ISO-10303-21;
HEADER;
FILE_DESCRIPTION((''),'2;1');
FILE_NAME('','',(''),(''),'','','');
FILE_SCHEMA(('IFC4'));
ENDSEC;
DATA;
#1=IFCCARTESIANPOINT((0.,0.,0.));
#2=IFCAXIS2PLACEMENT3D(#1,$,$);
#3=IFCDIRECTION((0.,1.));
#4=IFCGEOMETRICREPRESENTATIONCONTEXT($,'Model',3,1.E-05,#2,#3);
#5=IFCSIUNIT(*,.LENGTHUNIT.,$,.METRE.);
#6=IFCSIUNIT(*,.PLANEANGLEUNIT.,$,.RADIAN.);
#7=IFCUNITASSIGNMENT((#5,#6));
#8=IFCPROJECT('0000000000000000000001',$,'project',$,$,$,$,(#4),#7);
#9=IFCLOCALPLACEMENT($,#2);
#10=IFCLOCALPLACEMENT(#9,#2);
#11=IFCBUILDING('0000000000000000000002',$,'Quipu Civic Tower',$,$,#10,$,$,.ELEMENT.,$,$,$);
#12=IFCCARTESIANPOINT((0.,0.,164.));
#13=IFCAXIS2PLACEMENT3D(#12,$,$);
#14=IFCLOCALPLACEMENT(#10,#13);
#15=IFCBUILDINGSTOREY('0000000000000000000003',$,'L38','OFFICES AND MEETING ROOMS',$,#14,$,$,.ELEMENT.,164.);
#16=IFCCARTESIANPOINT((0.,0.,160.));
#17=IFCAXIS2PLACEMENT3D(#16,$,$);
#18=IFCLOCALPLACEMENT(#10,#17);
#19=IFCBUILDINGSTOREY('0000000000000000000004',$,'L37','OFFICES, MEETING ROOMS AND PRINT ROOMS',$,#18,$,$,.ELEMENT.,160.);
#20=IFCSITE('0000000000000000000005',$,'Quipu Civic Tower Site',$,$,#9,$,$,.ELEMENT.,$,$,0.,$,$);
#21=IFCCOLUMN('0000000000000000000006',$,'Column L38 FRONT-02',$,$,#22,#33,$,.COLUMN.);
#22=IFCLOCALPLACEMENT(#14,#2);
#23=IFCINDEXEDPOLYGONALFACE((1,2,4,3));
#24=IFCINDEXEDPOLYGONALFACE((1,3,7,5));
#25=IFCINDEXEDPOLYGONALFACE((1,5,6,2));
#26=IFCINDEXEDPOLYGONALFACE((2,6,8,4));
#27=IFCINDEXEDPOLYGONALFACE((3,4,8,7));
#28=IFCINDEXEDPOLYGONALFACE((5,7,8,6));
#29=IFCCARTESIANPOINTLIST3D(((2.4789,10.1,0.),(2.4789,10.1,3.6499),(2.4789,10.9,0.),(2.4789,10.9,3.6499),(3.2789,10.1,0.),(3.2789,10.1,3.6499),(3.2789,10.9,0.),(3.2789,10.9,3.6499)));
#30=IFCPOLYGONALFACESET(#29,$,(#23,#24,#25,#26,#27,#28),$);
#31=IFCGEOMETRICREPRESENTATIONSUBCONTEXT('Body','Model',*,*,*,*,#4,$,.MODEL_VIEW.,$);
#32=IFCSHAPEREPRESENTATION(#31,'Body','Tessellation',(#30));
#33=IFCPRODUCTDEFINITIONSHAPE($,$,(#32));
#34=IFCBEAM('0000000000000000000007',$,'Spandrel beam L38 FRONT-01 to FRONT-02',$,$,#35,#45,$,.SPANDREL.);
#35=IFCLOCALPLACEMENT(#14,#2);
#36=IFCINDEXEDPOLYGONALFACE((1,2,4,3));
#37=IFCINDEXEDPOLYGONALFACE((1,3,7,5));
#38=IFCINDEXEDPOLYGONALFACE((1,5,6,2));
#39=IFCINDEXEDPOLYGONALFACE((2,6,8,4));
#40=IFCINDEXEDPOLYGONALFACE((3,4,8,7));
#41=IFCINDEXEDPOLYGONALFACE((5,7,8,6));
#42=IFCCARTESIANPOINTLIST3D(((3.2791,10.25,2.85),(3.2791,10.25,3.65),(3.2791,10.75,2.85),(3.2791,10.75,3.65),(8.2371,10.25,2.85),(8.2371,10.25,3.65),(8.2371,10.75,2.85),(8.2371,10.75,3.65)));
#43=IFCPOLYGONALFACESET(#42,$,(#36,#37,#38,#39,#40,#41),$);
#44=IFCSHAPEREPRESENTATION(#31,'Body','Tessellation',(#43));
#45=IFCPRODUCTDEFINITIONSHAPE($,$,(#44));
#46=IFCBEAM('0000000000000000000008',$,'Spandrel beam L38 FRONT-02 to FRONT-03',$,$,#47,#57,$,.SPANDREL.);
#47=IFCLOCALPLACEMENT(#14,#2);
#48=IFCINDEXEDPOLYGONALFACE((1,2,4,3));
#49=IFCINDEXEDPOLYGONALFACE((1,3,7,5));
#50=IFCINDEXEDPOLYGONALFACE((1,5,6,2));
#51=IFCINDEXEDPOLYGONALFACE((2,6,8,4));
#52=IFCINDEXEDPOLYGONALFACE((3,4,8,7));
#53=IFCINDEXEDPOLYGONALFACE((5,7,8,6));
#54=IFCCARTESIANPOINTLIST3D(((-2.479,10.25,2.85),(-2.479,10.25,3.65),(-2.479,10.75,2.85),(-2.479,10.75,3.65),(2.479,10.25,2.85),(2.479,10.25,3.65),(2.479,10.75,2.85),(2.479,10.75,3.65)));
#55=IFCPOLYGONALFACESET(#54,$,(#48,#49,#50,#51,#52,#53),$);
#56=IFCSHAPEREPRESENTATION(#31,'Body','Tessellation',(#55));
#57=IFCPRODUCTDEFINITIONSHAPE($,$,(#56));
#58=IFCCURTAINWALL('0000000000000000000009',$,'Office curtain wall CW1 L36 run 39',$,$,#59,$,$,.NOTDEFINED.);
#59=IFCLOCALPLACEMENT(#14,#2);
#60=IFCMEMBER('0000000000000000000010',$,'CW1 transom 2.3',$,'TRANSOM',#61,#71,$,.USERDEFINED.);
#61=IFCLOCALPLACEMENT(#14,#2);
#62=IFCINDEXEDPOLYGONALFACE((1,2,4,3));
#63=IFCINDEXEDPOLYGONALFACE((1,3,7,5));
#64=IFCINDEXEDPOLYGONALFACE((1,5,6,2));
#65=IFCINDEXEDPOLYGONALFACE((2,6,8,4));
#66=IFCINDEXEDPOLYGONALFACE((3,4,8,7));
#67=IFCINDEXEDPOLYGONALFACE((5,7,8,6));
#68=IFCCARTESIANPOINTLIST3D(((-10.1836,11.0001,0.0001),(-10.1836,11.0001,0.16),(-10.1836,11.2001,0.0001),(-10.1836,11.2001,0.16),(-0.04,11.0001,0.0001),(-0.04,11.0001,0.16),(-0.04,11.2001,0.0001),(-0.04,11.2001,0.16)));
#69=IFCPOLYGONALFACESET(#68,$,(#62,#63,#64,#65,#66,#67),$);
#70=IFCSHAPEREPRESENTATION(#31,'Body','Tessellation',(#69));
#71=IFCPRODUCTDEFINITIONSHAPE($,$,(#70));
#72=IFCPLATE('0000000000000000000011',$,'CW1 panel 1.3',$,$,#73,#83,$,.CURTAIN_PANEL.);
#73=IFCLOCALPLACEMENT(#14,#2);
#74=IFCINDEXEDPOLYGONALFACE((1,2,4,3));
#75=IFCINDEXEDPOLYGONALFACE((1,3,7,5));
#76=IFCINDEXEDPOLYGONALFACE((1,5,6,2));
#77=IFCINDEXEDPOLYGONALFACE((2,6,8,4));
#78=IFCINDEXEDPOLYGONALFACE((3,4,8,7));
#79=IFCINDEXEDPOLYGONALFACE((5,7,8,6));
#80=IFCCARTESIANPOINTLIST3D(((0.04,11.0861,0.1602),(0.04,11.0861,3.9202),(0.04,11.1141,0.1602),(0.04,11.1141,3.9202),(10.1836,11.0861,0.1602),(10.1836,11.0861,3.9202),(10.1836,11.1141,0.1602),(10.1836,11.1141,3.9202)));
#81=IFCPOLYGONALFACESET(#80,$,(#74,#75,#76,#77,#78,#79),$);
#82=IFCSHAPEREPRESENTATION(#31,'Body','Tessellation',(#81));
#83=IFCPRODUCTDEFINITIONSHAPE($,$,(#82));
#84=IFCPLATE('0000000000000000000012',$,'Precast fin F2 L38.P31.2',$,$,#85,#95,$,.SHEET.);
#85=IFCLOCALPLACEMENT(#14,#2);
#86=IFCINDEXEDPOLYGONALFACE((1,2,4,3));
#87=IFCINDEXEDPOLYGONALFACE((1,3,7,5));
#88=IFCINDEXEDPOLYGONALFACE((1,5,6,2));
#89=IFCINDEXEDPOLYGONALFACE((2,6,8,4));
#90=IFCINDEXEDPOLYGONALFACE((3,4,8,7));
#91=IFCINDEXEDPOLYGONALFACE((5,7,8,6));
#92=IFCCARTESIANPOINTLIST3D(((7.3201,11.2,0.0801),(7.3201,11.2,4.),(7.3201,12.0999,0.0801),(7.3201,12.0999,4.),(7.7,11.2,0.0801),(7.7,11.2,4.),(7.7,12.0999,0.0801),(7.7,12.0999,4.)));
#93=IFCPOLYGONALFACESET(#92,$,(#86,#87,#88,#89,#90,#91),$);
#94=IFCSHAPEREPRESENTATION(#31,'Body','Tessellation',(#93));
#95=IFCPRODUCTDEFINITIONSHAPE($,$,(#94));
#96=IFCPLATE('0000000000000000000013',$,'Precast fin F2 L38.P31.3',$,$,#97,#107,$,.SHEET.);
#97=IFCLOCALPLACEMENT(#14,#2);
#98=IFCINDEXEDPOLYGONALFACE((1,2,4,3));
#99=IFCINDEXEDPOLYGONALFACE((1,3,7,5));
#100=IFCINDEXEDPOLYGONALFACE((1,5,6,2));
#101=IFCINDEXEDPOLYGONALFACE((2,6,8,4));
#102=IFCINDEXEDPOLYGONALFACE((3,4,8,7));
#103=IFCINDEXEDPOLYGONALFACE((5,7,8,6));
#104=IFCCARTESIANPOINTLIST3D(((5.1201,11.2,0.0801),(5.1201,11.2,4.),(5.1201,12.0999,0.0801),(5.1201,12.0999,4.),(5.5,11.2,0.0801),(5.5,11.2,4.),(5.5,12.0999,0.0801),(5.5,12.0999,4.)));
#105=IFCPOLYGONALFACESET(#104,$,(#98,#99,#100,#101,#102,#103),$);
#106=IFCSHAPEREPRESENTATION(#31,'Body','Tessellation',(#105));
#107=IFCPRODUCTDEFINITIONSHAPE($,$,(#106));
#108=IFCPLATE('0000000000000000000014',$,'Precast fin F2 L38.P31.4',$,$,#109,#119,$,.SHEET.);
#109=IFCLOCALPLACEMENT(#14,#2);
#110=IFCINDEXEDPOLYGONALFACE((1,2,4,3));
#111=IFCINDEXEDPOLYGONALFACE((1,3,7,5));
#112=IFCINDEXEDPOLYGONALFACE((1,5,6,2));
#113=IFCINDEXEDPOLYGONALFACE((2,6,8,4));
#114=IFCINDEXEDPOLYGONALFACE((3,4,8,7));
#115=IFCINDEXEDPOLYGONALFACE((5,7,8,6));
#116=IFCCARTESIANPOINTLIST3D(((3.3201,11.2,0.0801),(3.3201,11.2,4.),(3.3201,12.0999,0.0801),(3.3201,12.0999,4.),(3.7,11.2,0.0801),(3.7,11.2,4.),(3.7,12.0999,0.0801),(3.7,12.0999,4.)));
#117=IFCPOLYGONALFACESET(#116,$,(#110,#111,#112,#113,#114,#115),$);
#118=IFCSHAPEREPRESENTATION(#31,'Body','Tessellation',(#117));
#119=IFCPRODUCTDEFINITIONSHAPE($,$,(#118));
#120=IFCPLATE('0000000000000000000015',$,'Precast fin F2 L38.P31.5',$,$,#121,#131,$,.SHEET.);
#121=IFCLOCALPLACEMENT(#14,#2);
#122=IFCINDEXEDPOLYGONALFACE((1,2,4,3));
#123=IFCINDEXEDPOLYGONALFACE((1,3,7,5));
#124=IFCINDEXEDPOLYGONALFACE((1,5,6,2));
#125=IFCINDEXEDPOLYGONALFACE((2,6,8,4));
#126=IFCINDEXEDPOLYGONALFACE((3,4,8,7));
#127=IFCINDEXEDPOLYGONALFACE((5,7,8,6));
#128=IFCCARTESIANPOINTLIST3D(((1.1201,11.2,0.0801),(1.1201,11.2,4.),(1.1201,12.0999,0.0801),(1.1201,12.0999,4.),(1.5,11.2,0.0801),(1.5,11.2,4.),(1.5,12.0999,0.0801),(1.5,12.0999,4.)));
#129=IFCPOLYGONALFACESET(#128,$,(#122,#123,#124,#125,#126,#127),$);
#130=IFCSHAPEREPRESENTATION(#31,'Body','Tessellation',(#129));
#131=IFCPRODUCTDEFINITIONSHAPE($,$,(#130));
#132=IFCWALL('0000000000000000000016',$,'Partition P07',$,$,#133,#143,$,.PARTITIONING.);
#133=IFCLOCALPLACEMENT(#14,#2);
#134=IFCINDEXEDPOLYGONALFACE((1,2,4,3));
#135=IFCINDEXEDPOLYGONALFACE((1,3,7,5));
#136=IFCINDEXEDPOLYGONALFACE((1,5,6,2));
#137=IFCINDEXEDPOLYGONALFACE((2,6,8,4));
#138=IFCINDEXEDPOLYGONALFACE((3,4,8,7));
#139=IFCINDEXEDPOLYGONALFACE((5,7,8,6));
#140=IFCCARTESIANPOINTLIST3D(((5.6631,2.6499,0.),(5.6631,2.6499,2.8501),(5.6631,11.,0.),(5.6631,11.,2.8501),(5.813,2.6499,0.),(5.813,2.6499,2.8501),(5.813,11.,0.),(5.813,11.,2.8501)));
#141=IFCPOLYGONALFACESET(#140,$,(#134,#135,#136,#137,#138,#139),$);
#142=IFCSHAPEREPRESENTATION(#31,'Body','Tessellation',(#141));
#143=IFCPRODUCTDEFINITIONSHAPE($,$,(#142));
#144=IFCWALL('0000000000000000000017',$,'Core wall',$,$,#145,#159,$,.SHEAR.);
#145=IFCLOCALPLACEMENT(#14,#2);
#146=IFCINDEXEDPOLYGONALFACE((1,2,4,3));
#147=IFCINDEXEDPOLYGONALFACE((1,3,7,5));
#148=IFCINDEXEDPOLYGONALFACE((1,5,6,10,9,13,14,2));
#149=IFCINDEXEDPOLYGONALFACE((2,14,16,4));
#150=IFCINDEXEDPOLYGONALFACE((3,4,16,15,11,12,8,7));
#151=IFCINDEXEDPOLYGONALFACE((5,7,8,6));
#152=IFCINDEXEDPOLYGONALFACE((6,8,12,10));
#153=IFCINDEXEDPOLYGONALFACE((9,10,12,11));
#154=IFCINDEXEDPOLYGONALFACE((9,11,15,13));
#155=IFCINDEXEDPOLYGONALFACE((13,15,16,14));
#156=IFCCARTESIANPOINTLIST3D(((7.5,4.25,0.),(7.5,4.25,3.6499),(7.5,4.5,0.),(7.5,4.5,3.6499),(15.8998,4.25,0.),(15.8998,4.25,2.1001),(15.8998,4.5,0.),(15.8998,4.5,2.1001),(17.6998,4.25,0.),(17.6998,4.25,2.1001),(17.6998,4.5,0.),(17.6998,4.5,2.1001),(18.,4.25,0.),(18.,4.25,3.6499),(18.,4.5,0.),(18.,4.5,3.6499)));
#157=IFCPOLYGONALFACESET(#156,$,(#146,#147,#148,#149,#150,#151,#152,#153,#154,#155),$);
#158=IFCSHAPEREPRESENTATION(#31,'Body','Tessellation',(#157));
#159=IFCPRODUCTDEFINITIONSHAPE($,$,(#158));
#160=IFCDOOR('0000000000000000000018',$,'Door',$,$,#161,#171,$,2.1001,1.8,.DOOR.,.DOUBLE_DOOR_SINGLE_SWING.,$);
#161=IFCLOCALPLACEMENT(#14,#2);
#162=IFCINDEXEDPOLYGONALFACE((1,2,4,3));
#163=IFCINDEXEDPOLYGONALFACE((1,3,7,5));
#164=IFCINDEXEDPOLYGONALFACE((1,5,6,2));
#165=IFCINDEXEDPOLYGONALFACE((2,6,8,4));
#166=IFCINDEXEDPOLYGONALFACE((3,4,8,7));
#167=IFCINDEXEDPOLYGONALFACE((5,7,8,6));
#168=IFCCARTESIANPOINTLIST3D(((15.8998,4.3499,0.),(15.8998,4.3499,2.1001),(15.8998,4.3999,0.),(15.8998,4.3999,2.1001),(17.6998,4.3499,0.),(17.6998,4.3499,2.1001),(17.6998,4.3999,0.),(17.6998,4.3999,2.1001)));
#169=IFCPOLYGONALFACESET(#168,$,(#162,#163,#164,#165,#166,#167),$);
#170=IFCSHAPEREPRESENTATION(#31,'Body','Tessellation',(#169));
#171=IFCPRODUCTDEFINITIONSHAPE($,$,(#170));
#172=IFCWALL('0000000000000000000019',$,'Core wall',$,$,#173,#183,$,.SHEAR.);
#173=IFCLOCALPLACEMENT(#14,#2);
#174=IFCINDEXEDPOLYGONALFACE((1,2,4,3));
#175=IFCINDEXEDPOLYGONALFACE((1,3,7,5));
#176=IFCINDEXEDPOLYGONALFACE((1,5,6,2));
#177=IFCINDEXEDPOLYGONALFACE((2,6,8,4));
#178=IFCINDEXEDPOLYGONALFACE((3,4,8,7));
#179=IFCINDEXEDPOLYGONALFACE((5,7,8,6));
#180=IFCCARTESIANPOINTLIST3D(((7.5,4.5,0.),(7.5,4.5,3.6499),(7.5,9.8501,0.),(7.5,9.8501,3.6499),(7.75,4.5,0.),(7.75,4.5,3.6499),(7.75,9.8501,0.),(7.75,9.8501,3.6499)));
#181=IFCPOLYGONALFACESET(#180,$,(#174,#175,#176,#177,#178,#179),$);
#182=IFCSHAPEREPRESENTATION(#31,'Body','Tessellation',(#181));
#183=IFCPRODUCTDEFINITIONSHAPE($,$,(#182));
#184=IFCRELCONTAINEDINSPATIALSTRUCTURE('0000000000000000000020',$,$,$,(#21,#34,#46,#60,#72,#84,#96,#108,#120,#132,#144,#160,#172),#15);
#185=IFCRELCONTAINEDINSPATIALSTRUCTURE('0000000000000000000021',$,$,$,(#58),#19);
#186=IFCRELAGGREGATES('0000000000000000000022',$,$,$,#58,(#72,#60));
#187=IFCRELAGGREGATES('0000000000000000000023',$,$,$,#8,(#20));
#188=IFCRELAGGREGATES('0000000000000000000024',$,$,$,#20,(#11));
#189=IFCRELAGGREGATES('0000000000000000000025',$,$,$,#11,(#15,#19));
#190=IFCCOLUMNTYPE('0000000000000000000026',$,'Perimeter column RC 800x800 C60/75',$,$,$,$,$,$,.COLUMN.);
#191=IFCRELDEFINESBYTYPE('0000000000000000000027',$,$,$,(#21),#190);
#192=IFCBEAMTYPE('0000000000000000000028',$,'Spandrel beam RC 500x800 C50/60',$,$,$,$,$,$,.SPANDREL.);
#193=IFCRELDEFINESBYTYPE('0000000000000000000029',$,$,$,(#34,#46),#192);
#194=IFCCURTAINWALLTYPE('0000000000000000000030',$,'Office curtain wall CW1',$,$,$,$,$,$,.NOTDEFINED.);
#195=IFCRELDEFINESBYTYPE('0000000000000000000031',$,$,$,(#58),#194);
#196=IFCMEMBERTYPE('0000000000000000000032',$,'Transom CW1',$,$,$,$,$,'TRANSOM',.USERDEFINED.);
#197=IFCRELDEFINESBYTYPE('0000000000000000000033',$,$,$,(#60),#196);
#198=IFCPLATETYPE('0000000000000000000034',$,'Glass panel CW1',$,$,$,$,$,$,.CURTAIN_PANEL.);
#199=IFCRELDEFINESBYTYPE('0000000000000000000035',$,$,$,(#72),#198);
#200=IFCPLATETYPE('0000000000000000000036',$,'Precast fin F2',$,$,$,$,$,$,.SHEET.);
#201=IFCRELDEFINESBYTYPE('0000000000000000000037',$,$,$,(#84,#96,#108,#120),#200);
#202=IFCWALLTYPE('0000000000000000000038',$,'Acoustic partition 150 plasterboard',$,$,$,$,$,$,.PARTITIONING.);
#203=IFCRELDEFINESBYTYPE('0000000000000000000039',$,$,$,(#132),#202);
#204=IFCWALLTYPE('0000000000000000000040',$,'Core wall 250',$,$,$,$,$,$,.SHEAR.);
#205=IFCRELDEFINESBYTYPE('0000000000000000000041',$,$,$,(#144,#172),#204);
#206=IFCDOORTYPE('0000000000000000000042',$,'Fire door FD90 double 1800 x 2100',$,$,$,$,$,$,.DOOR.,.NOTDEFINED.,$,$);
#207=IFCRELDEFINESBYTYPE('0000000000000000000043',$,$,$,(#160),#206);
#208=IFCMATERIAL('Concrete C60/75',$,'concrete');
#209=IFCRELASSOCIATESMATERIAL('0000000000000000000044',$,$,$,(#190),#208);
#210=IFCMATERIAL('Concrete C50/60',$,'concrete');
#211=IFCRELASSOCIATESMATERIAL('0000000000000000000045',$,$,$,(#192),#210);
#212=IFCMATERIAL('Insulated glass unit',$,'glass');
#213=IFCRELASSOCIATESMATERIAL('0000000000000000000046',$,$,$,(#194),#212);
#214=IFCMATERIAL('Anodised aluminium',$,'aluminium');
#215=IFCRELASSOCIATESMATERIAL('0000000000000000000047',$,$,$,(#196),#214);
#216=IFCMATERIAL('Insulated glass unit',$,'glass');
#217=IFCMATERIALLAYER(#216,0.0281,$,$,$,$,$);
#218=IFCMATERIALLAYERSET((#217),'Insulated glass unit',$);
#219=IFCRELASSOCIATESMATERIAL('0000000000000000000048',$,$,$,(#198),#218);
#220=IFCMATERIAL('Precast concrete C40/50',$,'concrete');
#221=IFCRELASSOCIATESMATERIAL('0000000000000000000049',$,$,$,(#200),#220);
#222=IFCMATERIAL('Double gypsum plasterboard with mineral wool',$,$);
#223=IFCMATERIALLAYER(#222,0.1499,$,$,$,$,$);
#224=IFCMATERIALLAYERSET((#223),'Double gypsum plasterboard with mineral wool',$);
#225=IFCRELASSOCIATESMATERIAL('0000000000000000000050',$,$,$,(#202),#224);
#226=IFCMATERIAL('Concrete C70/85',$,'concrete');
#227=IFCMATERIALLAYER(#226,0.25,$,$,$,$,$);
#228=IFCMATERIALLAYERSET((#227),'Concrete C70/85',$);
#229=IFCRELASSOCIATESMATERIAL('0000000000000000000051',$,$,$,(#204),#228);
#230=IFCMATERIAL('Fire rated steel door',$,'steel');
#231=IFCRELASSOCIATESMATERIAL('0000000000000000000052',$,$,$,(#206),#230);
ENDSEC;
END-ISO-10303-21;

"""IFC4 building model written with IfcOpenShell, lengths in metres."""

from ifc_helpers import new_model, si_unit, direction, frame, frame_2d, origin, origin_2d, place, context, subcontext, project, spatial, rectangle, extrude, material, layer, layer_set, material_profile, profile_set, type_object, element, fill, aggregate, save


model = new_model("IFC4")

# Units and contexts
model_context = context("Model", 3, precision=1e-05, world=origin(), true_north=direction((0.0, 1.0)))
body_context = subcontext(model_context, "Body", "Model", "MODEL_VIEW")
ifc_project = project(units=[si_unit("LENGTHUNIT", "METRE"), si_unit("PLANEANGLEUNIT", "RADIAN")], contexts=[model_context])

# Site, building, storey
site_placement = place(None, origin())
site = spatial("IfcSite", under=ifc_project, at=site_placement, Name="Quipu Civic Tower Site", CompositionType="ELEMENT", RefElevation=0.0)
building_placement = place(site_placement, origin())
building = spatial("IfcBuilding", under=site, at=building_placement, Name="Quipu Civic Tower", CompositionType="ELEMENT")
storey_1_placement = place(building_placement, frame((0.0, 0.0, 164.0)))
storey_1 = spatial("IfcBuildingStorey", under=building, at=storey_1_placement, Name="L38", Description="OFFICES AND MEETING ROOMS", CompositionType="ELEMENT", Elevation=164.0)

# Column
ifc_material_1 = material(Name="Concrete C60/75", Category="concrete")
ifc_material_profile_1 = material_profile(ifc_material_1, rectangle(XDim=0.8, YDim=0.8, at=origin_2d()), Name="RC800x800")
ifc_profile_set_1 = profile_set([ifc_material_profile_1], Name="Concrete C60/75")
column_type = type_object("IfcColumnType", Name="Perimeter column RC 800x800 C60/75", PredefinedType="COLUMN", material=ifc_profile_set_1)
column_placement = place(storey_1_placement, frame((2.8789, 10.5, 0.0), z_axis=(0.0, 0.0, 1.0), x_axis=(-1.0, 0.0, 0.0)))
element("IfcColumn", 1, at=column_placement, inside=storey_1, type_object=column_type, Name="Column L38 FRONT-02", PredefinedType="COLUMN", context=body_context, shape_type="SweptSolid", body=[
    extrude(rectangle(XDim=0.8, YDim=0.8, at=origin_2d()), origin(), (0.0, 0.0, 1.0), 3.6499),
])

# Beams
ifc_material_2 = material(Name="Concrete C50/60", Category="concrete")
ifc_material_profile_2 = material_profile(ifc_material_2, rectangle(XDim=0.5, YDim=0.8, at=origin_2d()), Name="RC500x800")
ifc_profile_set_2 = profile_set([ifc_material_profile_2], Name="Concrete C50/60")
beam_type = type_object("IfcBeamType", Name="Spandrel beam RC 500x800 C50/60", PredefinedType="SPANDREL", material=ifc_profile_set_2)
for number, where, z_axis, x_axis, name in (
    (2, (8.2371, 10.5, 3.25), (-1.0, 0.0, 0.0), (0.0, -1.0, 0.0), "Spandrel beam L38 FRONT-01 to FRONT-02"),
    (3, (2.479, 10.5, 3.25), (-1.0, 0.0, 0.0), (0.0, -1.0, 0.0), "Spandrel beam L38 FRONT-02 to FRONT-03"),
):
    element("IfcBeam", number, at=place(storey_1_placement, frame(where, z_axis=z_axis, x_axis=x_axis)), inside=storey_1, type_object=beam_type, Name=name, PredefinedType="SPANDREL", context=body_context, shape_type="SweptSolid", body=[
        extrude(rectangle(XDim=0.5, YDim=0.8, at=origin_2d()), origin(), (0.0, 0.0, 1.0), 4.958),
    ])

# Shared definitions
storey_2_placement = place(building_placement, frame((0.0, 0.0, 160.0)))
storey_2 = spatial("IfcBuildingStorey", under=building, at=storey_2_placement, Name="L37", Description="OFFICES, MEETING ROOMS AND PRINT ROOMS", CompositionType="ELEMENT", Elevation=160.0)

# Curtain wall, member, plate
ifc_material_3 = material(Name="Insulated glass unit", Category="glass")
curtain_wall_type = type_object("IfcCurtainWallType", Name="Office curtain wall CW1", PredefinedType="NOTDEFINED", material=ifc_material_3)
curtain_wall_placement = place(storey_2_placement, origin())
curtain_wall = element("IfcCurtainWall", 4, at=curtain_wall_placement, inside=storey_2, type_object=curtain_wall_type, Name="Office curtain wall CW1 L36 run 39", PredefinedType="NOTDEFINED")
ifc_material_4 = material(Name="Anodised aluminium", Category="aluminium")
ifc_material_profile_3 = material_profile(ifc_material_4, rectangle(XDim=0.2, YDim=0.1599, at=origin_2d()), Name="RECT 200x160")
ifc_profile_set_3 = profile_set([ifc_material_profile_3], Name="Anodised aluminium")
member_type = type_object("IfcMemberType", Name="Transom CW1", ElementType="TRANSOM", PredefinedType="USERDEFINED", material=ifc_profile_set_3)
member_placement = place(storey_1_placement, frame((-0.04, 11.1001, 0.0801), z_axis=(-1.0, 0.0, 0.0), x_axis=(0.0, -1.0, 0.0)))
member = element("IfcMember", 5, at=member_placement, inside=storey_1, type_object=member_type, Name="CW1 transom 2.3", ObjectType="TRANSOM", PredefinedType="USERDEFINED", context=body_context, shape_type="SweptSolid", body=[
    extrude(rectangle(XDim=0.2, YDim=0.1599, at=origin_2d()), origin(), (0.0, 0.0, 1.0), 10.1436),
])
ifc_material_5 = material(Name="Insulated glass unit", Category="glass")
ifc_layer_1 = layer(ifc_material_5, 0.0281)
ifc_layer_set_1 = layer_set([ifc_layer_1], Name="Insulated glass unit")
plate_type_1 = type_object("IfcPlateType", Name="Glass panel CW1", PredefinedType="CURTAIN_PANEL", material=ifc_layer_set_1)
plate_placement = place(storey_1_placement, frame((5.1118, 11.1001, 0.1602), z_axis=(0.0, 0.0, 1.0), x_axis=(-1.0, 0.0, 0.0)))
plate = element("IfcPlate", 6, at=plate_placement, inside=storey_1, type_object=plate_type_1, Name="CW1 panel 1.3", PredefinedType="CURTAIN_PANEL", context=body_context, shape_type="SweptSolid", body=[
    extrude(rectangle(XDim=10.1436, YDim=0.0281, at=origin_2d()), origin(), (0.0, 0.0, 1.0), 3.76),
])
aggregate(curtain_wall, [plate, member])

# Plates
ifc_material_6 = material(Name="Precast concrete C40/50", Category="concrete")
plate_type_2 = type_object("IfcPlateType", Name="Precast fin F2", PredefinedType="SHEET", material=ifc_material_6)
for number, where, z_axis, x_axis, name in (
    (7, (7.51, 11.6499, 0.0801), (0.0, 0.0, 1.0), (-1.0, 0.0, 0.0), "Precast fin F2 L38.P31.2"),
    (8, (5.3101, 11.6499, 0.0801), (0.0, 0.0, 1.0), (-1.0, 0.0, 0.0), "Precast fin F2 L38.P31.3"),
    (9, (3.51, 11.6499, 0.0801), (0.0, 0.0, 1.0), (-1.0, 0.0, 0.0), "Precast fin F2 L38.P31.4"),
    (10, (1.3101, 11.6499, 0.0801), (0.0, 0.0, 1.0), (-1.0, 0.0, 0.0), "Precast fin F2 L38.P31.5"),
):
    element("IfcPlate", number, at=place(storey_1_placement, frame(where, z_axis=z_axis, x_axis=x_axis)), inside=storey_1, type_object=plate_type_2, Name=name, PredefinedType="SHEET", context=body_context, shape_type="SweptSolid", body=[
        extrude(rectangle(XDim=0.3799, YDim=0.8999, at=origin_2d()), origin(), (0.0, 0.0, 1.0), 3.9199),
    ])

# Wall
ifc_material_7 = material(Name="Double gypsum plasterboard with mineral wool")
ifc_layer_2 = layer(ifc_material_7, 0.1499)
ifc_layer_set_2 = layer_set([ifc_layer_2], Name="Double gypsum plasterboard with mineral wool")
wall_type_1 = type_object("IfcWallType", Name="Acoustic partition 150 plasterboard", PredefinedType="PARTITIONING", material=ifc_layer_set_2)
wall_1_placement = place(storey_1_placement, frame((5.738, 2.6499, 0.0), z_axis=(0.0, 0.0, 1.0), x_axis=(0.0, 1.0, 0.0)))
element("IfcWall", 11, at=wall_1_placement, inside=storey_1, type_object=wall_type_1, Name="Partition P07", PredefinedType="PARTITIONING", context=body_context, shape_type="SweptSolid", body=[
    extrude(rectangle(XDim=8.3501, YDim=0.1499, at=frame_2d((4.175, 0.0))), origin(), (0.0, 0.0, 1.0), 2.8501),
])

# Wall, opening, door
ifc_material_8 = material(Name="Concrete C70/85", Category="concrete")
ifc_layer_3 = layer(ifc_material_8, 0.25)
ifc_layer_set_3 = layer_set([ifc_layer_3], Name="Concrete C70/85")
wall_type_2 = type_object("IfcWallType", Name="Core wall 250", PredefinedType="SHEAR", material=ifc_layer_set_3)
wall_2_placement = place(storey_1_placement, frame((7.5, 4.375, 0.0), z_axis=(0.0, 0.0, 1.0), x_axis=(1.0, 0.0, 0.0)))
wall_2 = element("IfcWall", 12, at=wall_2_placement, inside=storey_1, type_object=wall_type_2, Name="Core wall", PredefinedType="SHEAR", context=body_context, shape_type="SweptSolid", body=[
    extrude(rectangle(XDim=10.5, YDim=0.25, at=frame_2d((5.25, 0.0))), origin(), (0.0, 0.0, 1.0), 3.6499),
])
opening_1_placement = place(wall_2_placement, frame((8.3999, 0.0, 0.0)))
opening_1 = element("IfcOpeningElement", 13, at=opening_1_placement, cuts=wall_2, PredefinedType="OPENING", context=body_context, shape_type="SweptSolid", body=[
    extrude(rectangle(XDim=1.8, YDim=2.1001, at=frame_2d((0.8999, 1.05))), frame((0.0, 0.135, 0.0), z_axis=(0.0, -1.0, 0.0), x_axis=(1.0, 0.0, 0.0)), (0.0, 0.0, 1.0), 0.27),
])
ifc_material_9 = material(Name="Fire rated steel door", Category="steel")
door_type_1 = type_object("IfcDoorType", Name="Fire door FD90 double 1800 x 2100", OperationType="NOTDEFINED", PredefinedType="DOOR", material=ifc_material_9)
door_1_placement = place(opening_1_placement, origin())
door_1 = element("IfcDoor", 14, at=door_1_placement, inside=storey_1, type_object=door_type_1, Name="Door", OperationType="DOUBLE_DOOR_SINGLE_SWING", OverallHeight=2.1001, OverallWidth=1.8, PredefinedType="DOOR", context=body_context, shape_type="SweptSolid", body=[
    extrude(rectangle(XDim=1.8, YDim=2.1001, at=frame_2d((0.8999, 1.05))), frame((0.0, 0.0249, 0.0), z_axis=(0.0, -1.0, 0.0), x_axis=(1.0, 0.0, 0.0)), (0.0, 0.0, 1.0), 0.05),
])
fill(opening_1, door_1)

# Wall
wall_3_placement = place(storey_1_placement, frame((7.625, 4.5, 0.0), z_axis=(0.0, 0.0, 1.0), x_axis=(0.0, 1.0, 0.0)))
element("IfcWall", 15, at=wall_3_placement, inside=storey_1, type_object=wall_type_2, Name="Core wall", PredefinedType="SHEAR", context=body_context, shape_type="SweptSolid", body=[
    extrude(rectangle(XDim=5.3501, YDim=0.25, at=frame_2d((2.675, 0.0))), origin(), (0.0, 0.0, 1.0), 3.6499),
])

save(model, "model.ifc")
